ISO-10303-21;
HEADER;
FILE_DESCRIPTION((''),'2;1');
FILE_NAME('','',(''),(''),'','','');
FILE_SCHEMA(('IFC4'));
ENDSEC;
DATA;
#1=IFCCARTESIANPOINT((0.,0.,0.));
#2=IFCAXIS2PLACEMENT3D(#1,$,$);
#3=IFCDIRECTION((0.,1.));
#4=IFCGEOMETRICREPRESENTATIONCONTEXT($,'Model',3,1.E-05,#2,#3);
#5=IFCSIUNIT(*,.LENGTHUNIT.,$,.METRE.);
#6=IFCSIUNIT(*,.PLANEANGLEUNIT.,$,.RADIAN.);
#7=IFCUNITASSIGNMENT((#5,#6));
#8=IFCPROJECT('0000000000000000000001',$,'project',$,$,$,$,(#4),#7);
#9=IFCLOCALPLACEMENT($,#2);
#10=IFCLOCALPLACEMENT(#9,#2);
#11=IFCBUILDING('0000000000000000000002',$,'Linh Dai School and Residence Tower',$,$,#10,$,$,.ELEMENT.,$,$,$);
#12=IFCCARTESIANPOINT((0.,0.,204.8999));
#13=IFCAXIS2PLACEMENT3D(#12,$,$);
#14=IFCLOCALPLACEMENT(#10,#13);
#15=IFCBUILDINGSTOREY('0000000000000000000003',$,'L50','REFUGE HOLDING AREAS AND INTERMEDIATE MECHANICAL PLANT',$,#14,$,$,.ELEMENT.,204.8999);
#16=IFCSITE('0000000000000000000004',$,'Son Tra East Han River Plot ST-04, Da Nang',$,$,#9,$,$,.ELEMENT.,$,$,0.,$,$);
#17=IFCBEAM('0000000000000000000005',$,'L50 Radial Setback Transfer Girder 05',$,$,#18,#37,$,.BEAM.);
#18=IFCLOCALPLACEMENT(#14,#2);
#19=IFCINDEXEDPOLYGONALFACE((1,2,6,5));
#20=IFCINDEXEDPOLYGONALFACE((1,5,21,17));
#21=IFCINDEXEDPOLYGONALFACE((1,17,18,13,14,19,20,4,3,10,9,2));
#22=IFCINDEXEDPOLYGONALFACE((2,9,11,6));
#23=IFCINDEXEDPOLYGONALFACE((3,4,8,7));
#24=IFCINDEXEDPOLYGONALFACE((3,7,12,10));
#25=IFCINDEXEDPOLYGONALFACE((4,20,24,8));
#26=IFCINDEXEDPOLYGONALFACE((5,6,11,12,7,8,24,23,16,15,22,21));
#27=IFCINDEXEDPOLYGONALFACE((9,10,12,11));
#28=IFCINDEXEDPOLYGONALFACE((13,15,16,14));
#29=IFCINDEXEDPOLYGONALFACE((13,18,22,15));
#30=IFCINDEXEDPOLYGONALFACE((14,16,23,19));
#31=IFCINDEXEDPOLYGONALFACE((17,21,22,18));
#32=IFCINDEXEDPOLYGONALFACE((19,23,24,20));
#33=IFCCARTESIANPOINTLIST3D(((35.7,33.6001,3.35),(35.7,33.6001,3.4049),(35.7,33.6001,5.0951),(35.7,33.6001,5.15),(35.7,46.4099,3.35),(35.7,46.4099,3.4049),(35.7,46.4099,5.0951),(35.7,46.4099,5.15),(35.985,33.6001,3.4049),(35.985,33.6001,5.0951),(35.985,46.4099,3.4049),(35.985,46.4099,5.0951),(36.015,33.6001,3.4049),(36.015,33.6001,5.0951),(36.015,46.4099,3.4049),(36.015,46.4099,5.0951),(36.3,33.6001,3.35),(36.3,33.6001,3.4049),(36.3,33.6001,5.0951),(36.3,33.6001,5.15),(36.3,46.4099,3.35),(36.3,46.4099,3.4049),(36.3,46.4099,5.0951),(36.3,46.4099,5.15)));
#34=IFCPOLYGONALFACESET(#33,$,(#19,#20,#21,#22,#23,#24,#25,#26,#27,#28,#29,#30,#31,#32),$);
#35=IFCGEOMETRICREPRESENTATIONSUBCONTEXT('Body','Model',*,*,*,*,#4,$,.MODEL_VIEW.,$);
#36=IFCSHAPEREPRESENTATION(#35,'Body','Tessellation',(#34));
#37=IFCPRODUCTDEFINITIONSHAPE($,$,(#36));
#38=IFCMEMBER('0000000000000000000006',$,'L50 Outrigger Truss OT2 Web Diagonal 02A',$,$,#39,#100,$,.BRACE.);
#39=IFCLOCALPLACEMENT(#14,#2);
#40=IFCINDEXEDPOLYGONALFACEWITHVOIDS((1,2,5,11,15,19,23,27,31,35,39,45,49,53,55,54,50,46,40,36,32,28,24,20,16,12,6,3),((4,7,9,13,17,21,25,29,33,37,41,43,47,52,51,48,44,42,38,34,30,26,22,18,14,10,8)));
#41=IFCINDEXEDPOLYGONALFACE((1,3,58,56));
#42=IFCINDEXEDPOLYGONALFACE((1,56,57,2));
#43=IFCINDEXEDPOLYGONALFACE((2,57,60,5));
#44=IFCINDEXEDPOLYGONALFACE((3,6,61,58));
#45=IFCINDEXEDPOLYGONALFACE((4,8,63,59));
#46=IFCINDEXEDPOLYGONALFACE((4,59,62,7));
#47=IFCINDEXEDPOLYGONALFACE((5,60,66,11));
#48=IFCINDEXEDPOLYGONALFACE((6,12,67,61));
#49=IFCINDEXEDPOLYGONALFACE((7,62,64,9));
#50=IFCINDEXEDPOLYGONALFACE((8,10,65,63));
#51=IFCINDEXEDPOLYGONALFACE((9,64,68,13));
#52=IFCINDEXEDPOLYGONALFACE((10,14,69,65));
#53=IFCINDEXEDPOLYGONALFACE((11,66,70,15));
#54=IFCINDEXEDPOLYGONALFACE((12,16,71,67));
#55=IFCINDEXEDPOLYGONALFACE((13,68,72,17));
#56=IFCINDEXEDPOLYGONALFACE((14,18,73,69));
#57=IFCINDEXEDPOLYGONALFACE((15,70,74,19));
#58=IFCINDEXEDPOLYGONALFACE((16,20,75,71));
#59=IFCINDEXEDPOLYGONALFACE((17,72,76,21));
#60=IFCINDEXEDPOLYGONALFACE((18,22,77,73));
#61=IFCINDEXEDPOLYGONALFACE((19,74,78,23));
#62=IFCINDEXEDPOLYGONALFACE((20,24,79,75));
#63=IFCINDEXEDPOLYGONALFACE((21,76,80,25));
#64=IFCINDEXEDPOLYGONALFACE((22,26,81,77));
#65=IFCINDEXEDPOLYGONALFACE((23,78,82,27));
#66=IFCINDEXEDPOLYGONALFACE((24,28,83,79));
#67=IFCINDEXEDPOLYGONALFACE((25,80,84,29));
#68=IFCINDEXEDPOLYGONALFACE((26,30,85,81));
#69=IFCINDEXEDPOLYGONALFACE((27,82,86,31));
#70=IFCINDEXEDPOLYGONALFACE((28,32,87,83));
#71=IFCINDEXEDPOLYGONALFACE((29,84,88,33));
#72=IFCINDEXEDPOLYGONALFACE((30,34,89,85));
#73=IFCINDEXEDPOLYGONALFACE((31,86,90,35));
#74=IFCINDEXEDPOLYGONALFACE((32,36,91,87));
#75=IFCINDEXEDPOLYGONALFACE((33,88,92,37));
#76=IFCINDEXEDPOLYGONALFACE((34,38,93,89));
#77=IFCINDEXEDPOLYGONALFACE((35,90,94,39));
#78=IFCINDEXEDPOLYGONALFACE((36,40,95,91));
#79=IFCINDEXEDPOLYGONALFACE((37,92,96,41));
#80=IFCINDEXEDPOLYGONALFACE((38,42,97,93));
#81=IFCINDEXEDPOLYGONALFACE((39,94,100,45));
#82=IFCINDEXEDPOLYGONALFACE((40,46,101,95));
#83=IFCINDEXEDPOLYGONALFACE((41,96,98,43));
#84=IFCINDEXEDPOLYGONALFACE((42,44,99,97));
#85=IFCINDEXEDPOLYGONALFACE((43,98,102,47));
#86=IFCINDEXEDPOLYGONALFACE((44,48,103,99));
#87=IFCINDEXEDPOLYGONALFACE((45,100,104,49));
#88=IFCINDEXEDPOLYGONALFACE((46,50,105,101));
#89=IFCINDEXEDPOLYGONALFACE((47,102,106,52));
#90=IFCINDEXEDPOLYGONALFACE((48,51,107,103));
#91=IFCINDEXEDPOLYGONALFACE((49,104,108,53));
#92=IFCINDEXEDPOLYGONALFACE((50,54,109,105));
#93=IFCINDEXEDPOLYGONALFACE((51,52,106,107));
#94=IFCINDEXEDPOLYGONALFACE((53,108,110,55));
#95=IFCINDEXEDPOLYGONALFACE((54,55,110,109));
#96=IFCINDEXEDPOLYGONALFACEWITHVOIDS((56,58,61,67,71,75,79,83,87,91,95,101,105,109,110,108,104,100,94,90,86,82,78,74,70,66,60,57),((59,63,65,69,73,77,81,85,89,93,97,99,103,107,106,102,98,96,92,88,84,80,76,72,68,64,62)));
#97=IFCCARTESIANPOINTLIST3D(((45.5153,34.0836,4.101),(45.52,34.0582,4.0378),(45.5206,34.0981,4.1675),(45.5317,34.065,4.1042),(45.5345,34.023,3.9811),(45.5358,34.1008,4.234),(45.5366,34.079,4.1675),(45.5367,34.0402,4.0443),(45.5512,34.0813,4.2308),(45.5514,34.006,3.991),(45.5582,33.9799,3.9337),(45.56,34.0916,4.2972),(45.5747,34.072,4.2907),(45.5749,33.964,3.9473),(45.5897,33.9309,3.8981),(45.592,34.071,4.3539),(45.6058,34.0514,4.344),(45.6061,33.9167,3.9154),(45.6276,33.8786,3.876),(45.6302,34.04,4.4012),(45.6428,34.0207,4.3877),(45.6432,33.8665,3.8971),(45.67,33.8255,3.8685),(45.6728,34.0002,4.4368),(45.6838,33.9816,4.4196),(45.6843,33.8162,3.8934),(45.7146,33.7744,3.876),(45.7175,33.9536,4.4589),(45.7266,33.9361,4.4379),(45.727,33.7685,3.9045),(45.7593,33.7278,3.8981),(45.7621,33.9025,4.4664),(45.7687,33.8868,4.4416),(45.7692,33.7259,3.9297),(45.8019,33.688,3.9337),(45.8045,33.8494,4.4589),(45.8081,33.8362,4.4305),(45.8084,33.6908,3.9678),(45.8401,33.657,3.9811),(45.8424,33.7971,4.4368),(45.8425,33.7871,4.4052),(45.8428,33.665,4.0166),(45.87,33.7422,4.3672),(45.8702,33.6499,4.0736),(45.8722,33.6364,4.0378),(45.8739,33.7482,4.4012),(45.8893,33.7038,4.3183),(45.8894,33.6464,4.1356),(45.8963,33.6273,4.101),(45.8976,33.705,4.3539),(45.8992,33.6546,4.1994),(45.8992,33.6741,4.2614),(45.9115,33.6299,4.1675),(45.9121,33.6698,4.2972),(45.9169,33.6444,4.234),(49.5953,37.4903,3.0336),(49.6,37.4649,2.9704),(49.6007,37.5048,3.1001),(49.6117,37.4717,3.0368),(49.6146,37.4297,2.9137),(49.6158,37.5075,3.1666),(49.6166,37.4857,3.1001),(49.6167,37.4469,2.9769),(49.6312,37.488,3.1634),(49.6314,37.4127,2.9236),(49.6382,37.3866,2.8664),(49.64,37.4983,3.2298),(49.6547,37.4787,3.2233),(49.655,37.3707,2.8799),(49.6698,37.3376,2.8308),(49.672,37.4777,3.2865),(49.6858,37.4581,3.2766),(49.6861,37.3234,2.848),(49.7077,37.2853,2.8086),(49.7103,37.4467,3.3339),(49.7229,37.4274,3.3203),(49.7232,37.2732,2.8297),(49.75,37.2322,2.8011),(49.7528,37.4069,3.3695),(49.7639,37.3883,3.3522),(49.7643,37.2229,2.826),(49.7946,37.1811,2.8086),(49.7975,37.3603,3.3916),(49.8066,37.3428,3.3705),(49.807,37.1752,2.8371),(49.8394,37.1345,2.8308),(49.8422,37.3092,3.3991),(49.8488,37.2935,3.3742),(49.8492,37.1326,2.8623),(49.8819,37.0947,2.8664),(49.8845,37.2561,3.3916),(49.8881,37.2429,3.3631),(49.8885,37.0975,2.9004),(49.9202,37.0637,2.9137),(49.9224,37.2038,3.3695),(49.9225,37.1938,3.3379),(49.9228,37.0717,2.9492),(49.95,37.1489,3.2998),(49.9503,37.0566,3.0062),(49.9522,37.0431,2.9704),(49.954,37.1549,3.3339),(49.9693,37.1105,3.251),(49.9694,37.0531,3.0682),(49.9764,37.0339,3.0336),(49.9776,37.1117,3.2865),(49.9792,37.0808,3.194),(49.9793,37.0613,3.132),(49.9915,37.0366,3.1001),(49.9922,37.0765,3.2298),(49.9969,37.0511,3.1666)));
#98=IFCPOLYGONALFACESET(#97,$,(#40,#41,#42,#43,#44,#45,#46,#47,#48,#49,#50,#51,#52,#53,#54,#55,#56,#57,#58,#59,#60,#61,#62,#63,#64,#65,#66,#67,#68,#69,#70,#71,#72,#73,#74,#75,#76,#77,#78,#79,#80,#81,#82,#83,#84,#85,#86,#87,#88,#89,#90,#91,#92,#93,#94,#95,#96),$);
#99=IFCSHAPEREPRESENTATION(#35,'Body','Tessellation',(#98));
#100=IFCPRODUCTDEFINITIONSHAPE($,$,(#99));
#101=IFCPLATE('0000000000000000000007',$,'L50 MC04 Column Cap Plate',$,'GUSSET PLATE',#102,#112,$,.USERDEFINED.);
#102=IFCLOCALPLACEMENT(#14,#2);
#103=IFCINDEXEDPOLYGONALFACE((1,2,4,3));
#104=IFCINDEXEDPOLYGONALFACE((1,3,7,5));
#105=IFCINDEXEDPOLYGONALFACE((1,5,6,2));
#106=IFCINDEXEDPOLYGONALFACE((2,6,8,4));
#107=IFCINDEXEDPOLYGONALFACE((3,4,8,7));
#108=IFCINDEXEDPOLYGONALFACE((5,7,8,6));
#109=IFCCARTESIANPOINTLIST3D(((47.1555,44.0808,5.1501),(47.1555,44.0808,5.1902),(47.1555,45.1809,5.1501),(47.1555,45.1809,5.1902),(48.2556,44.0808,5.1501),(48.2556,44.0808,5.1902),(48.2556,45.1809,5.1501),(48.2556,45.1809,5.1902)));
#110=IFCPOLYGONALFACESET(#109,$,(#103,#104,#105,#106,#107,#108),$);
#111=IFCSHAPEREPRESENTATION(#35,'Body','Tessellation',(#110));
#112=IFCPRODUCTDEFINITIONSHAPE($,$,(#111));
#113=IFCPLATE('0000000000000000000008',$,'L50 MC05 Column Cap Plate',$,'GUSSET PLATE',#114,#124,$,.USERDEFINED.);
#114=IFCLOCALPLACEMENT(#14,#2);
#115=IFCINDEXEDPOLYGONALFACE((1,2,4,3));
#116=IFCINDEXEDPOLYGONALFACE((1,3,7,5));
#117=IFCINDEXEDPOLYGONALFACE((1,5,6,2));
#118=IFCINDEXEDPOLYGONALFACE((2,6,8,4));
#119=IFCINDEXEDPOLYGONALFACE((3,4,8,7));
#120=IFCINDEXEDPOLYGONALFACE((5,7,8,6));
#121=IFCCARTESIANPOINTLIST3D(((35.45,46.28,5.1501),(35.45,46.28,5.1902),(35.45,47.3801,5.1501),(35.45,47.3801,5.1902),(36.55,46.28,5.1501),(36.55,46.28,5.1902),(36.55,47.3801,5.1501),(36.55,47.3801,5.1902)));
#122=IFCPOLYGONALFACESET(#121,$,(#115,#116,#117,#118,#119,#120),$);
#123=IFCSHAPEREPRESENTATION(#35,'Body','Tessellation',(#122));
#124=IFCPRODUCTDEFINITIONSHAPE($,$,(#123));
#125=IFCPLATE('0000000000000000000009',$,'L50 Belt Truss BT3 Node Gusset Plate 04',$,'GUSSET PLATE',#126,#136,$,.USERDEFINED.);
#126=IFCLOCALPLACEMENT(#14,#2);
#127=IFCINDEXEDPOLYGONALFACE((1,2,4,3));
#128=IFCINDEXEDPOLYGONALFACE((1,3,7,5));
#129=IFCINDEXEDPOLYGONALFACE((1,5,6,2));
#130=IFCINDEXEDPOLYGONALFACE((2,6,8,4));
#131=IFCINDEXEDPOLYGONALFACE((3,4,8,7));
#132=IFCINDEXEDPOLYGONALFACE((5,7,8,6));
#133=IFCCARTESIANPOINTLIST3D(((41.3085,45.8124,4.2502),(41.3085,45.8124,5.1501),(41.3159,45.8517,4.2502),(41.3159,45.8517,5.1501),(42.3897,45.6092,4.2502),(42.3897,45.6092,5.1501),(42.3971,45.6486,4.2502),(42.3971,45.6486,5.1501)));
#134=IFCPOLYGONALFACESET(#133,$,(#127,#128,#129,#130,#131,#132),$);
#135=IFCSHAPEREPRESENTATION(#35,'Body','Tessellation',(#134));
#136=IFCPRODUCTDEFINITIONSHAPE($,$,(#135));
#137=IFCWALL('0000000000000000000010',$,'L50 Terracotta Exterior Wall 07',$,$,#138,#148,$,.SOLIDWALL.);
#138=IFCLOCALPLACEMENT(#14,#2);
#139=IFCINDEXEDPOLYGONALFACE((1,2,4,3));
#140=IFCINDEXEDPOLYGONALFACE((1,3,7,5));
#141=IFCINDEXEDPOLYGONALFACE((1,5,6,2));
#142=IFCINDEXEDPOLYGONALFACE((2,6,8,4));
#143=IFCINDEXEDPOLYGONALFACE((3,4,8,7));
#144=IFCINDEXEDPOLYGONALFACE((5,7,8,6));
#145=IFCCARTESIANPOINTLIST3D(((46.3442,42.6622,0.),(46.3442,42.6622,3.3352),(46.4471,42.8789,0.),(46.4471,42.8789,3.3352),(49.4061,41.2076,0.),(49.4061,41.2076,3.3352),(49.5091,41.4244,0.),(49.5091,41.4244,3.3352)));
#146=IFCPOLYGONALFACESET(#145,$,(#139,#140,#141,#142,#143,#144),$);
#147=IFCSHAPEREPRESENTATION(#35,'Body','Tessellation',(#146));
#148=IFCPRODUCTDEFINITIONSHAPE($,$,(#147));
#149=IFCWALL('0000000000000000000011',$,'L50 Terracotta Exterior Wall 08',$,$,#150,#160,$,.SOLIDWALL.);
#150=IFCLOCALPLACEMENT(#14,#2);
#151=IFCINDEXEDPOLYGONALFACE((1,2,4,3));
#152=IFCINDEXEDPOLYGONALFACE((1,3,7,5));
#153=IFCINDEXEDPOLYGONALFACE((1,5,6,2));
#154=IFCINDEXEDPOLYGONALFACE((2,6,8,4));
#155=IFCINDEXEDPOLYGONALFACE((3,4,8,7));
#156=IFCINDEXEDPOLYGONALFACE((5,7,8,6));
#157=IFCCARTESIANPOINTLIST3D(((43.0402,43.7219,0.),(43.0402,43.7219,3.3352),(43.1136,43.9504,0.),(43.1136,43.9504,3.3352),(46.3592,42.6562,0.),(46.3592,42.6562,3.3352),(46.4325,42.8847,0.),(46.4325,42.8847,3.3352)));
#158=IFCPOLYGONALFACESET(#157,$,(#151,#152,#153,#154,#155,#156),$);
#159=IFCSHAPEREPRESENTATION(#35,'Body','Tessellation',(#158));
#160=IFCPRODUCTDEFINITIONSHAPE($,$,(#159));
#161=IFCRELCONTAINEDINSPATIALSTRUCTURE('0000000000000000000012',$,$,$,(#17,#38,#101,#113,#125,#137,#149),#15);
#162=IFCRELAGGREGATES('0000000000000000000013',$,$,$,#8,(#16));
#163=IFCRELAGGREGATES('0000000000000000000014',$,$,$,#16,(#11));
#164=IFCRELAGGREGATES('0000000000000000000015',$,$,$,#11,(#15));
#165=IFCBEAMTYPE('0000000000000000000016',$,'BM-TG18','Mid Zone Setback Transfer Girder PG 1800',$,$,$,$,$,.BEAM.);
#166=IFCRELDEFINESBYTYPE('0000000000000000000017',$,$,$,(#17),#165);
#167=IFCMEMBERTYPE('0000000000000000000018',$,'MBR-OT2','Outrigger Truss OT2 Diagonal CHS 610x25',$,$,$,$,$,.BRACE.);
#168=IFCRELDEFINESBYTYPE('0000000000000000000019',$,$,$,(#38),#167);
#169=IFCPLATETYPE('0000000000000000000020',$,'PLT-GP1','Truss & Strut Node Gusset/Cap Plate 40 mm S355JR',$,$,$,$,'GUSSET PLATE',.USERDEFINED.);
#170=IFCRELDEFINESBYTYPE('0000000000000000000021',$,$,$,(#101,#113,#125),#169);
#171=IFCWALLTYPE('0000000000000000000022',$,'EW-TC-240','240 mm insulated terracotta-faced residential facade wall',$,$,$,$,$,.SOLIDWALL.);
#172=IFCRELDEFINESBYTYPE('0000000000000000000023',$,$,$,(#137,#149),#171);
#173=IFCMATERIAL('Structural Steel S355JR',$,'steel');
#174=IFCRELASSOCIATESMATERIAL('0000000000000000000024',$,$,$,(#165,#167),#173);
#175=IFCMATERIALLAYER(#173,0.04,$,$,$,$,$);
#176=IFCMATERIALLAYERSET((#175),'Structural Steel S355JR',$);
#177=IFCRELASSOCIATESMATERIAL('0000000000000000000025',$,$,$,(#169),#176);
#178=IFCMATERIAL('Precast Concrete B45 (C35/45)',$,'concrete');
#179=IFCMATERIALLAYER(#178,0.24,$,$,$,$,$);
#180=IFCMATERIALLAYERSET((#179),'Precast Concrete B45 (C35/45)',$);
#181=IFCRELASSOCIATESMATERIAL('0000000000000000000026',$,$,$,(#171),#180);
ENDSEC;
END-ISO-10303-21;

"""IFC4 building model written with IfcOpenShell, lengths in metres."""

from ifc_helpers import new_model, si_unit, direction, frame, frame_2d, origin, origin_2d, place, context, subcontext, project, spatial, rectangle, hollow_circle, i_section, extrude, source, transform, mapped, material, layer, layer_set, material_profile, profile_set, type_object, element, save


model = new_model("IFC4")

# Units and contexts
model_context = context("Model", 3, precision=1e-05, world=origin(), true_north=direction((0.0, 1.0)))
body_context = subcontext(model_context, "Body", "Model", "MODEL_VIEW")
ifc_project = project(units=[si_unit("LENGTHUNIT", "METRE"), si_unit("PLANEANGLEUNIT", "RADIAN")], contexts=[model_context])

# Site, building, storey
site_placement = place(None, origin())
site = spatial("IfcSite", under=ifc_project, at=site_placement, Name="Son Tra East Han River Plot ST-04, Da Nang", CompositionType="ELEMENT", RefElevation=0.0)
building_placement = place(site_placement, origin())
building = spatial("IfcBuilding", under=site, at=building_placement, Name="Linh Dai School and Residence Tower", CompositionType="ELEMENT")
storey_placement = place(building_placement, frame((0.0, 0.0, 204.8999)))
storey = spatial("IfcBuildingStorey", under=building, at=storey_placement, Name="L50", Description="REFUGE HOLDING AREAS AND INTERMEDIATE MECHANICAL PLANT", CompositionType="ELEMENT", Elevation=204.8999)

# Shared definitions
ifc_material_1 = material(Name="Structural Steel S355JR", Category="steel")

# Beam
ifc_material_profile_1 = material_profile(ifc_material_1, i_section(OverallWidth=0.6001, OverallDepth=1.8, WebThickness=0.03, FlangeThickness=0.0549, at=origin_2d()), Name="PG 1800x600x30x55")
ifc_profile_set_1 = profile_set([ifc_material_profile_1], Name="Structural Steel S355JR")
beam_type_1 = type_object("IfcBeamType", Name="BM-TG18", Description="Mid Zone Setback Transfer Girder PG 1800", PredefinedType="BEAM", material=ifc_profile_set_1)
beam_1_placement = place(storey_placement, frame((36.0, 33.6001, 4.25), z_axis=(0.0, 1.0, 0.0), x_axis=(-1.0, 0.0, 0.0)))
element("IfcBeam", 1, at=beam_1_placement, inside=storey, type_object=beam_type_1, Name="L50 Radial Setback Transfer Girder 05", PredefinedType="BEAM", context=body_context, shape_type="SweptSolid", body=[
    extrude(i_section(OverallWidth=0.6001, OverallDepth=1.8, WebThickness=0.03, FlangeThickness=0.0549, at=origin_2d()), origin(), (0.0, 0.0, 1.0), 12.8098),
])

# Member
ifc_material_profile_2 = material_profile(ifc_material_1, hollow_circle(Radius=0.3049, WallThickness=0.0249, at=origin_2d()), Name="CHS 610x25")
ifc_profile_set_2 = profile_set([ifc_material_profile_2], Name="Structural Steel S355JR")
member_type = type_object("IfcMemberType", Name="MBR-OT2", Description="Outrigger Truss OT2 Diagonal CHS 610x25", PredefinedType="BRACE", material=ifc_profile_set_2)
member_placement = place(storey_placement, frame((45.7161, 33.864, 4.1675), z_axis=(0.752579, 0.62838, -0.196881), x_axis=(-0.640925, 0.767603, 0.0)))
element("IfcMember", 2, at=member_placement, inside=storey, type_object=member_type, Name="L50 Outrigger Truss OT2 Web Diagonal 02A", PredefinedType="BRACE", context=body_context, shape_type="SweptSolid", body=[
    extrude(hollow_circle(Radius=0.3049, WallThickness=0.0249, at=origin_2d()), origin(), (0.0, 0.0, 1.0), 5.4214),
])

# Plates
ifc_layer_1 = layer(ifc_material_1, 0.04)
ifc_layer_set_1 = layer_set([ifc_layer_1], Name="Structural Steel S355JR")
plate_type = type_object("IfcPlateType", Name="PLT-GP1", Description="Truss & Strut Node Gusset/Cap Plate 40 mm S355JR", ElementType="GUSSET PLATE", PredefinedType="USERDEFINED", material=ifc_layer_set_1)
shared_shape_1 = source(origin(), body_context, "Body", "SweptSolid", [
    extrude(rectangle(XDim=1.1001, YDim=1.1001, at=origin_2d()), origin(), (0.0, 0.0, 1.0), 0.04),
])
for number, where, z_axis, x_axis, name in (
    (3, (47.7056, 44.6309, 5.1501), (0.0, 0.0, 1.0), (1.0, 0.0, 0.0), "L50 MC04 Column Cap Plate"),
    (4, (36.0, 46.8301, 5.1501), (0.0, 0.0, 1.0), (1.0, 0.0, 0.0), "L50 MC05 Column Cap Plate"),
):
    element("IfcPlate", number, at=place(storey_placement, frame(where, z_axis=z_axis, x_axis=x_axis)), inside=storey, type_object=plate_type, Name=name, ObjectType="GUSSET PLATE", PredefinedType="USERDEFINED", context=body_context, shape_type="MappedRepresentation", body=[
        mapped(shared_shape_1, transform((0.0, 0.0, 0.0), x_axis=(1.0, 0.0, 0.0), y_axis=(0.0, 1.0, 0.0), z_axis=(0.0, 0.0, 1.0), scale=1.0)),
    ])
shared_shape_2 = source(origin(), body_context, "Body", "SweptSolid", [
    extrude(rectangle(XDim=1.1001, YDim=0.04, at=origin_2d()), origin(), (0.0, 0.0, 1.0), 0.8999),
])
plate_placement = place(storey_placement, frame((41.8528, 45.7305, 4.2502), z_axis=(0.0, 0.0, 1.0), x_axis=(-0.982806, 0.18464, 0.0)))
element("IfcPlate", 5, at=plate_placement, inside=storey, type_object=plate_type, Name="L50 Belt Truss BT3 Node Gusset Plate 04", ObjectType="GUSSET PLATE", PredefinedType="USERDEFINED", context=body_context, shape_type="MappedRepresentation", body=[
    mapped(shared_shape_2, transform((0.0, 0.0, 0.0), x_axis=(1.0, 0.0, 0.0), y_axis=(0.0, 1.0, 0.0), z_axis=(0.0, 0.0, 1.0), scale=1.0)),
])

# Walls
ifc_material_2 = material(Name="Precast Concrete B45 (C35/45)", Category="concrete")
ifc_layer_2 = layer(ifc_material_2, 0.24)
ifc_layer_set_2 = layer_set([ifc_layer_2], Name="Precast Concrete B45 (C35/45)")
wall_type_1 = type_object("IfcWallType", Name="EW-TC-240", Description="240 mm insulated terracotta-faced residential facade wall", PredefinedType="SOLIDWALL", material=ifc_layer_set_2)
wall_1_placement = place(storey_placement, frame((46.3958, 42.7705, 0.0), z_axis=(0.0, 0.0, 1.0), x_axis=(0.903262, -0.429089, 0.0)))
element("IfcWall", 6, at=wall_1_placement, inside=storey, type_object=wall_type_1, Name="L50 Terracotta Exterior Wall 07", PredefinedType="SOLIDWALL", context=body_context, shape_type="SweptSolid", body=[
    extrude(rectangle(XDim=3.3899, YDim=0.24, at=frame_2d((1.6948, 0.0))), origin(), (0.0, 0.0, 1.0), 3.3352),
])
wall_2_placement = place(storey_placement, frame((43.0769, 43.8362, 0.0), z_axis=(0.0, 0.0, 1.0), x_axis=(0.95212, -0.305724, 0.0)))
element("IfcWall", 7, at=wall_2_placement, inside=storey, type_object=wall_type_1, Name="L50 Terracotta Exterior Wall 08", PredefinedType="SOLIDWALL", context=body_context, shape_type="SweptSolid", body=[
    extrude(rectangle(XDim=3.4858, YDim=0.24, at=frame_2d((1.7429, 0.0))), origin(), (0.0, 0.0, 1.0), 3.3352),
])

save(model, "model.ifc")
